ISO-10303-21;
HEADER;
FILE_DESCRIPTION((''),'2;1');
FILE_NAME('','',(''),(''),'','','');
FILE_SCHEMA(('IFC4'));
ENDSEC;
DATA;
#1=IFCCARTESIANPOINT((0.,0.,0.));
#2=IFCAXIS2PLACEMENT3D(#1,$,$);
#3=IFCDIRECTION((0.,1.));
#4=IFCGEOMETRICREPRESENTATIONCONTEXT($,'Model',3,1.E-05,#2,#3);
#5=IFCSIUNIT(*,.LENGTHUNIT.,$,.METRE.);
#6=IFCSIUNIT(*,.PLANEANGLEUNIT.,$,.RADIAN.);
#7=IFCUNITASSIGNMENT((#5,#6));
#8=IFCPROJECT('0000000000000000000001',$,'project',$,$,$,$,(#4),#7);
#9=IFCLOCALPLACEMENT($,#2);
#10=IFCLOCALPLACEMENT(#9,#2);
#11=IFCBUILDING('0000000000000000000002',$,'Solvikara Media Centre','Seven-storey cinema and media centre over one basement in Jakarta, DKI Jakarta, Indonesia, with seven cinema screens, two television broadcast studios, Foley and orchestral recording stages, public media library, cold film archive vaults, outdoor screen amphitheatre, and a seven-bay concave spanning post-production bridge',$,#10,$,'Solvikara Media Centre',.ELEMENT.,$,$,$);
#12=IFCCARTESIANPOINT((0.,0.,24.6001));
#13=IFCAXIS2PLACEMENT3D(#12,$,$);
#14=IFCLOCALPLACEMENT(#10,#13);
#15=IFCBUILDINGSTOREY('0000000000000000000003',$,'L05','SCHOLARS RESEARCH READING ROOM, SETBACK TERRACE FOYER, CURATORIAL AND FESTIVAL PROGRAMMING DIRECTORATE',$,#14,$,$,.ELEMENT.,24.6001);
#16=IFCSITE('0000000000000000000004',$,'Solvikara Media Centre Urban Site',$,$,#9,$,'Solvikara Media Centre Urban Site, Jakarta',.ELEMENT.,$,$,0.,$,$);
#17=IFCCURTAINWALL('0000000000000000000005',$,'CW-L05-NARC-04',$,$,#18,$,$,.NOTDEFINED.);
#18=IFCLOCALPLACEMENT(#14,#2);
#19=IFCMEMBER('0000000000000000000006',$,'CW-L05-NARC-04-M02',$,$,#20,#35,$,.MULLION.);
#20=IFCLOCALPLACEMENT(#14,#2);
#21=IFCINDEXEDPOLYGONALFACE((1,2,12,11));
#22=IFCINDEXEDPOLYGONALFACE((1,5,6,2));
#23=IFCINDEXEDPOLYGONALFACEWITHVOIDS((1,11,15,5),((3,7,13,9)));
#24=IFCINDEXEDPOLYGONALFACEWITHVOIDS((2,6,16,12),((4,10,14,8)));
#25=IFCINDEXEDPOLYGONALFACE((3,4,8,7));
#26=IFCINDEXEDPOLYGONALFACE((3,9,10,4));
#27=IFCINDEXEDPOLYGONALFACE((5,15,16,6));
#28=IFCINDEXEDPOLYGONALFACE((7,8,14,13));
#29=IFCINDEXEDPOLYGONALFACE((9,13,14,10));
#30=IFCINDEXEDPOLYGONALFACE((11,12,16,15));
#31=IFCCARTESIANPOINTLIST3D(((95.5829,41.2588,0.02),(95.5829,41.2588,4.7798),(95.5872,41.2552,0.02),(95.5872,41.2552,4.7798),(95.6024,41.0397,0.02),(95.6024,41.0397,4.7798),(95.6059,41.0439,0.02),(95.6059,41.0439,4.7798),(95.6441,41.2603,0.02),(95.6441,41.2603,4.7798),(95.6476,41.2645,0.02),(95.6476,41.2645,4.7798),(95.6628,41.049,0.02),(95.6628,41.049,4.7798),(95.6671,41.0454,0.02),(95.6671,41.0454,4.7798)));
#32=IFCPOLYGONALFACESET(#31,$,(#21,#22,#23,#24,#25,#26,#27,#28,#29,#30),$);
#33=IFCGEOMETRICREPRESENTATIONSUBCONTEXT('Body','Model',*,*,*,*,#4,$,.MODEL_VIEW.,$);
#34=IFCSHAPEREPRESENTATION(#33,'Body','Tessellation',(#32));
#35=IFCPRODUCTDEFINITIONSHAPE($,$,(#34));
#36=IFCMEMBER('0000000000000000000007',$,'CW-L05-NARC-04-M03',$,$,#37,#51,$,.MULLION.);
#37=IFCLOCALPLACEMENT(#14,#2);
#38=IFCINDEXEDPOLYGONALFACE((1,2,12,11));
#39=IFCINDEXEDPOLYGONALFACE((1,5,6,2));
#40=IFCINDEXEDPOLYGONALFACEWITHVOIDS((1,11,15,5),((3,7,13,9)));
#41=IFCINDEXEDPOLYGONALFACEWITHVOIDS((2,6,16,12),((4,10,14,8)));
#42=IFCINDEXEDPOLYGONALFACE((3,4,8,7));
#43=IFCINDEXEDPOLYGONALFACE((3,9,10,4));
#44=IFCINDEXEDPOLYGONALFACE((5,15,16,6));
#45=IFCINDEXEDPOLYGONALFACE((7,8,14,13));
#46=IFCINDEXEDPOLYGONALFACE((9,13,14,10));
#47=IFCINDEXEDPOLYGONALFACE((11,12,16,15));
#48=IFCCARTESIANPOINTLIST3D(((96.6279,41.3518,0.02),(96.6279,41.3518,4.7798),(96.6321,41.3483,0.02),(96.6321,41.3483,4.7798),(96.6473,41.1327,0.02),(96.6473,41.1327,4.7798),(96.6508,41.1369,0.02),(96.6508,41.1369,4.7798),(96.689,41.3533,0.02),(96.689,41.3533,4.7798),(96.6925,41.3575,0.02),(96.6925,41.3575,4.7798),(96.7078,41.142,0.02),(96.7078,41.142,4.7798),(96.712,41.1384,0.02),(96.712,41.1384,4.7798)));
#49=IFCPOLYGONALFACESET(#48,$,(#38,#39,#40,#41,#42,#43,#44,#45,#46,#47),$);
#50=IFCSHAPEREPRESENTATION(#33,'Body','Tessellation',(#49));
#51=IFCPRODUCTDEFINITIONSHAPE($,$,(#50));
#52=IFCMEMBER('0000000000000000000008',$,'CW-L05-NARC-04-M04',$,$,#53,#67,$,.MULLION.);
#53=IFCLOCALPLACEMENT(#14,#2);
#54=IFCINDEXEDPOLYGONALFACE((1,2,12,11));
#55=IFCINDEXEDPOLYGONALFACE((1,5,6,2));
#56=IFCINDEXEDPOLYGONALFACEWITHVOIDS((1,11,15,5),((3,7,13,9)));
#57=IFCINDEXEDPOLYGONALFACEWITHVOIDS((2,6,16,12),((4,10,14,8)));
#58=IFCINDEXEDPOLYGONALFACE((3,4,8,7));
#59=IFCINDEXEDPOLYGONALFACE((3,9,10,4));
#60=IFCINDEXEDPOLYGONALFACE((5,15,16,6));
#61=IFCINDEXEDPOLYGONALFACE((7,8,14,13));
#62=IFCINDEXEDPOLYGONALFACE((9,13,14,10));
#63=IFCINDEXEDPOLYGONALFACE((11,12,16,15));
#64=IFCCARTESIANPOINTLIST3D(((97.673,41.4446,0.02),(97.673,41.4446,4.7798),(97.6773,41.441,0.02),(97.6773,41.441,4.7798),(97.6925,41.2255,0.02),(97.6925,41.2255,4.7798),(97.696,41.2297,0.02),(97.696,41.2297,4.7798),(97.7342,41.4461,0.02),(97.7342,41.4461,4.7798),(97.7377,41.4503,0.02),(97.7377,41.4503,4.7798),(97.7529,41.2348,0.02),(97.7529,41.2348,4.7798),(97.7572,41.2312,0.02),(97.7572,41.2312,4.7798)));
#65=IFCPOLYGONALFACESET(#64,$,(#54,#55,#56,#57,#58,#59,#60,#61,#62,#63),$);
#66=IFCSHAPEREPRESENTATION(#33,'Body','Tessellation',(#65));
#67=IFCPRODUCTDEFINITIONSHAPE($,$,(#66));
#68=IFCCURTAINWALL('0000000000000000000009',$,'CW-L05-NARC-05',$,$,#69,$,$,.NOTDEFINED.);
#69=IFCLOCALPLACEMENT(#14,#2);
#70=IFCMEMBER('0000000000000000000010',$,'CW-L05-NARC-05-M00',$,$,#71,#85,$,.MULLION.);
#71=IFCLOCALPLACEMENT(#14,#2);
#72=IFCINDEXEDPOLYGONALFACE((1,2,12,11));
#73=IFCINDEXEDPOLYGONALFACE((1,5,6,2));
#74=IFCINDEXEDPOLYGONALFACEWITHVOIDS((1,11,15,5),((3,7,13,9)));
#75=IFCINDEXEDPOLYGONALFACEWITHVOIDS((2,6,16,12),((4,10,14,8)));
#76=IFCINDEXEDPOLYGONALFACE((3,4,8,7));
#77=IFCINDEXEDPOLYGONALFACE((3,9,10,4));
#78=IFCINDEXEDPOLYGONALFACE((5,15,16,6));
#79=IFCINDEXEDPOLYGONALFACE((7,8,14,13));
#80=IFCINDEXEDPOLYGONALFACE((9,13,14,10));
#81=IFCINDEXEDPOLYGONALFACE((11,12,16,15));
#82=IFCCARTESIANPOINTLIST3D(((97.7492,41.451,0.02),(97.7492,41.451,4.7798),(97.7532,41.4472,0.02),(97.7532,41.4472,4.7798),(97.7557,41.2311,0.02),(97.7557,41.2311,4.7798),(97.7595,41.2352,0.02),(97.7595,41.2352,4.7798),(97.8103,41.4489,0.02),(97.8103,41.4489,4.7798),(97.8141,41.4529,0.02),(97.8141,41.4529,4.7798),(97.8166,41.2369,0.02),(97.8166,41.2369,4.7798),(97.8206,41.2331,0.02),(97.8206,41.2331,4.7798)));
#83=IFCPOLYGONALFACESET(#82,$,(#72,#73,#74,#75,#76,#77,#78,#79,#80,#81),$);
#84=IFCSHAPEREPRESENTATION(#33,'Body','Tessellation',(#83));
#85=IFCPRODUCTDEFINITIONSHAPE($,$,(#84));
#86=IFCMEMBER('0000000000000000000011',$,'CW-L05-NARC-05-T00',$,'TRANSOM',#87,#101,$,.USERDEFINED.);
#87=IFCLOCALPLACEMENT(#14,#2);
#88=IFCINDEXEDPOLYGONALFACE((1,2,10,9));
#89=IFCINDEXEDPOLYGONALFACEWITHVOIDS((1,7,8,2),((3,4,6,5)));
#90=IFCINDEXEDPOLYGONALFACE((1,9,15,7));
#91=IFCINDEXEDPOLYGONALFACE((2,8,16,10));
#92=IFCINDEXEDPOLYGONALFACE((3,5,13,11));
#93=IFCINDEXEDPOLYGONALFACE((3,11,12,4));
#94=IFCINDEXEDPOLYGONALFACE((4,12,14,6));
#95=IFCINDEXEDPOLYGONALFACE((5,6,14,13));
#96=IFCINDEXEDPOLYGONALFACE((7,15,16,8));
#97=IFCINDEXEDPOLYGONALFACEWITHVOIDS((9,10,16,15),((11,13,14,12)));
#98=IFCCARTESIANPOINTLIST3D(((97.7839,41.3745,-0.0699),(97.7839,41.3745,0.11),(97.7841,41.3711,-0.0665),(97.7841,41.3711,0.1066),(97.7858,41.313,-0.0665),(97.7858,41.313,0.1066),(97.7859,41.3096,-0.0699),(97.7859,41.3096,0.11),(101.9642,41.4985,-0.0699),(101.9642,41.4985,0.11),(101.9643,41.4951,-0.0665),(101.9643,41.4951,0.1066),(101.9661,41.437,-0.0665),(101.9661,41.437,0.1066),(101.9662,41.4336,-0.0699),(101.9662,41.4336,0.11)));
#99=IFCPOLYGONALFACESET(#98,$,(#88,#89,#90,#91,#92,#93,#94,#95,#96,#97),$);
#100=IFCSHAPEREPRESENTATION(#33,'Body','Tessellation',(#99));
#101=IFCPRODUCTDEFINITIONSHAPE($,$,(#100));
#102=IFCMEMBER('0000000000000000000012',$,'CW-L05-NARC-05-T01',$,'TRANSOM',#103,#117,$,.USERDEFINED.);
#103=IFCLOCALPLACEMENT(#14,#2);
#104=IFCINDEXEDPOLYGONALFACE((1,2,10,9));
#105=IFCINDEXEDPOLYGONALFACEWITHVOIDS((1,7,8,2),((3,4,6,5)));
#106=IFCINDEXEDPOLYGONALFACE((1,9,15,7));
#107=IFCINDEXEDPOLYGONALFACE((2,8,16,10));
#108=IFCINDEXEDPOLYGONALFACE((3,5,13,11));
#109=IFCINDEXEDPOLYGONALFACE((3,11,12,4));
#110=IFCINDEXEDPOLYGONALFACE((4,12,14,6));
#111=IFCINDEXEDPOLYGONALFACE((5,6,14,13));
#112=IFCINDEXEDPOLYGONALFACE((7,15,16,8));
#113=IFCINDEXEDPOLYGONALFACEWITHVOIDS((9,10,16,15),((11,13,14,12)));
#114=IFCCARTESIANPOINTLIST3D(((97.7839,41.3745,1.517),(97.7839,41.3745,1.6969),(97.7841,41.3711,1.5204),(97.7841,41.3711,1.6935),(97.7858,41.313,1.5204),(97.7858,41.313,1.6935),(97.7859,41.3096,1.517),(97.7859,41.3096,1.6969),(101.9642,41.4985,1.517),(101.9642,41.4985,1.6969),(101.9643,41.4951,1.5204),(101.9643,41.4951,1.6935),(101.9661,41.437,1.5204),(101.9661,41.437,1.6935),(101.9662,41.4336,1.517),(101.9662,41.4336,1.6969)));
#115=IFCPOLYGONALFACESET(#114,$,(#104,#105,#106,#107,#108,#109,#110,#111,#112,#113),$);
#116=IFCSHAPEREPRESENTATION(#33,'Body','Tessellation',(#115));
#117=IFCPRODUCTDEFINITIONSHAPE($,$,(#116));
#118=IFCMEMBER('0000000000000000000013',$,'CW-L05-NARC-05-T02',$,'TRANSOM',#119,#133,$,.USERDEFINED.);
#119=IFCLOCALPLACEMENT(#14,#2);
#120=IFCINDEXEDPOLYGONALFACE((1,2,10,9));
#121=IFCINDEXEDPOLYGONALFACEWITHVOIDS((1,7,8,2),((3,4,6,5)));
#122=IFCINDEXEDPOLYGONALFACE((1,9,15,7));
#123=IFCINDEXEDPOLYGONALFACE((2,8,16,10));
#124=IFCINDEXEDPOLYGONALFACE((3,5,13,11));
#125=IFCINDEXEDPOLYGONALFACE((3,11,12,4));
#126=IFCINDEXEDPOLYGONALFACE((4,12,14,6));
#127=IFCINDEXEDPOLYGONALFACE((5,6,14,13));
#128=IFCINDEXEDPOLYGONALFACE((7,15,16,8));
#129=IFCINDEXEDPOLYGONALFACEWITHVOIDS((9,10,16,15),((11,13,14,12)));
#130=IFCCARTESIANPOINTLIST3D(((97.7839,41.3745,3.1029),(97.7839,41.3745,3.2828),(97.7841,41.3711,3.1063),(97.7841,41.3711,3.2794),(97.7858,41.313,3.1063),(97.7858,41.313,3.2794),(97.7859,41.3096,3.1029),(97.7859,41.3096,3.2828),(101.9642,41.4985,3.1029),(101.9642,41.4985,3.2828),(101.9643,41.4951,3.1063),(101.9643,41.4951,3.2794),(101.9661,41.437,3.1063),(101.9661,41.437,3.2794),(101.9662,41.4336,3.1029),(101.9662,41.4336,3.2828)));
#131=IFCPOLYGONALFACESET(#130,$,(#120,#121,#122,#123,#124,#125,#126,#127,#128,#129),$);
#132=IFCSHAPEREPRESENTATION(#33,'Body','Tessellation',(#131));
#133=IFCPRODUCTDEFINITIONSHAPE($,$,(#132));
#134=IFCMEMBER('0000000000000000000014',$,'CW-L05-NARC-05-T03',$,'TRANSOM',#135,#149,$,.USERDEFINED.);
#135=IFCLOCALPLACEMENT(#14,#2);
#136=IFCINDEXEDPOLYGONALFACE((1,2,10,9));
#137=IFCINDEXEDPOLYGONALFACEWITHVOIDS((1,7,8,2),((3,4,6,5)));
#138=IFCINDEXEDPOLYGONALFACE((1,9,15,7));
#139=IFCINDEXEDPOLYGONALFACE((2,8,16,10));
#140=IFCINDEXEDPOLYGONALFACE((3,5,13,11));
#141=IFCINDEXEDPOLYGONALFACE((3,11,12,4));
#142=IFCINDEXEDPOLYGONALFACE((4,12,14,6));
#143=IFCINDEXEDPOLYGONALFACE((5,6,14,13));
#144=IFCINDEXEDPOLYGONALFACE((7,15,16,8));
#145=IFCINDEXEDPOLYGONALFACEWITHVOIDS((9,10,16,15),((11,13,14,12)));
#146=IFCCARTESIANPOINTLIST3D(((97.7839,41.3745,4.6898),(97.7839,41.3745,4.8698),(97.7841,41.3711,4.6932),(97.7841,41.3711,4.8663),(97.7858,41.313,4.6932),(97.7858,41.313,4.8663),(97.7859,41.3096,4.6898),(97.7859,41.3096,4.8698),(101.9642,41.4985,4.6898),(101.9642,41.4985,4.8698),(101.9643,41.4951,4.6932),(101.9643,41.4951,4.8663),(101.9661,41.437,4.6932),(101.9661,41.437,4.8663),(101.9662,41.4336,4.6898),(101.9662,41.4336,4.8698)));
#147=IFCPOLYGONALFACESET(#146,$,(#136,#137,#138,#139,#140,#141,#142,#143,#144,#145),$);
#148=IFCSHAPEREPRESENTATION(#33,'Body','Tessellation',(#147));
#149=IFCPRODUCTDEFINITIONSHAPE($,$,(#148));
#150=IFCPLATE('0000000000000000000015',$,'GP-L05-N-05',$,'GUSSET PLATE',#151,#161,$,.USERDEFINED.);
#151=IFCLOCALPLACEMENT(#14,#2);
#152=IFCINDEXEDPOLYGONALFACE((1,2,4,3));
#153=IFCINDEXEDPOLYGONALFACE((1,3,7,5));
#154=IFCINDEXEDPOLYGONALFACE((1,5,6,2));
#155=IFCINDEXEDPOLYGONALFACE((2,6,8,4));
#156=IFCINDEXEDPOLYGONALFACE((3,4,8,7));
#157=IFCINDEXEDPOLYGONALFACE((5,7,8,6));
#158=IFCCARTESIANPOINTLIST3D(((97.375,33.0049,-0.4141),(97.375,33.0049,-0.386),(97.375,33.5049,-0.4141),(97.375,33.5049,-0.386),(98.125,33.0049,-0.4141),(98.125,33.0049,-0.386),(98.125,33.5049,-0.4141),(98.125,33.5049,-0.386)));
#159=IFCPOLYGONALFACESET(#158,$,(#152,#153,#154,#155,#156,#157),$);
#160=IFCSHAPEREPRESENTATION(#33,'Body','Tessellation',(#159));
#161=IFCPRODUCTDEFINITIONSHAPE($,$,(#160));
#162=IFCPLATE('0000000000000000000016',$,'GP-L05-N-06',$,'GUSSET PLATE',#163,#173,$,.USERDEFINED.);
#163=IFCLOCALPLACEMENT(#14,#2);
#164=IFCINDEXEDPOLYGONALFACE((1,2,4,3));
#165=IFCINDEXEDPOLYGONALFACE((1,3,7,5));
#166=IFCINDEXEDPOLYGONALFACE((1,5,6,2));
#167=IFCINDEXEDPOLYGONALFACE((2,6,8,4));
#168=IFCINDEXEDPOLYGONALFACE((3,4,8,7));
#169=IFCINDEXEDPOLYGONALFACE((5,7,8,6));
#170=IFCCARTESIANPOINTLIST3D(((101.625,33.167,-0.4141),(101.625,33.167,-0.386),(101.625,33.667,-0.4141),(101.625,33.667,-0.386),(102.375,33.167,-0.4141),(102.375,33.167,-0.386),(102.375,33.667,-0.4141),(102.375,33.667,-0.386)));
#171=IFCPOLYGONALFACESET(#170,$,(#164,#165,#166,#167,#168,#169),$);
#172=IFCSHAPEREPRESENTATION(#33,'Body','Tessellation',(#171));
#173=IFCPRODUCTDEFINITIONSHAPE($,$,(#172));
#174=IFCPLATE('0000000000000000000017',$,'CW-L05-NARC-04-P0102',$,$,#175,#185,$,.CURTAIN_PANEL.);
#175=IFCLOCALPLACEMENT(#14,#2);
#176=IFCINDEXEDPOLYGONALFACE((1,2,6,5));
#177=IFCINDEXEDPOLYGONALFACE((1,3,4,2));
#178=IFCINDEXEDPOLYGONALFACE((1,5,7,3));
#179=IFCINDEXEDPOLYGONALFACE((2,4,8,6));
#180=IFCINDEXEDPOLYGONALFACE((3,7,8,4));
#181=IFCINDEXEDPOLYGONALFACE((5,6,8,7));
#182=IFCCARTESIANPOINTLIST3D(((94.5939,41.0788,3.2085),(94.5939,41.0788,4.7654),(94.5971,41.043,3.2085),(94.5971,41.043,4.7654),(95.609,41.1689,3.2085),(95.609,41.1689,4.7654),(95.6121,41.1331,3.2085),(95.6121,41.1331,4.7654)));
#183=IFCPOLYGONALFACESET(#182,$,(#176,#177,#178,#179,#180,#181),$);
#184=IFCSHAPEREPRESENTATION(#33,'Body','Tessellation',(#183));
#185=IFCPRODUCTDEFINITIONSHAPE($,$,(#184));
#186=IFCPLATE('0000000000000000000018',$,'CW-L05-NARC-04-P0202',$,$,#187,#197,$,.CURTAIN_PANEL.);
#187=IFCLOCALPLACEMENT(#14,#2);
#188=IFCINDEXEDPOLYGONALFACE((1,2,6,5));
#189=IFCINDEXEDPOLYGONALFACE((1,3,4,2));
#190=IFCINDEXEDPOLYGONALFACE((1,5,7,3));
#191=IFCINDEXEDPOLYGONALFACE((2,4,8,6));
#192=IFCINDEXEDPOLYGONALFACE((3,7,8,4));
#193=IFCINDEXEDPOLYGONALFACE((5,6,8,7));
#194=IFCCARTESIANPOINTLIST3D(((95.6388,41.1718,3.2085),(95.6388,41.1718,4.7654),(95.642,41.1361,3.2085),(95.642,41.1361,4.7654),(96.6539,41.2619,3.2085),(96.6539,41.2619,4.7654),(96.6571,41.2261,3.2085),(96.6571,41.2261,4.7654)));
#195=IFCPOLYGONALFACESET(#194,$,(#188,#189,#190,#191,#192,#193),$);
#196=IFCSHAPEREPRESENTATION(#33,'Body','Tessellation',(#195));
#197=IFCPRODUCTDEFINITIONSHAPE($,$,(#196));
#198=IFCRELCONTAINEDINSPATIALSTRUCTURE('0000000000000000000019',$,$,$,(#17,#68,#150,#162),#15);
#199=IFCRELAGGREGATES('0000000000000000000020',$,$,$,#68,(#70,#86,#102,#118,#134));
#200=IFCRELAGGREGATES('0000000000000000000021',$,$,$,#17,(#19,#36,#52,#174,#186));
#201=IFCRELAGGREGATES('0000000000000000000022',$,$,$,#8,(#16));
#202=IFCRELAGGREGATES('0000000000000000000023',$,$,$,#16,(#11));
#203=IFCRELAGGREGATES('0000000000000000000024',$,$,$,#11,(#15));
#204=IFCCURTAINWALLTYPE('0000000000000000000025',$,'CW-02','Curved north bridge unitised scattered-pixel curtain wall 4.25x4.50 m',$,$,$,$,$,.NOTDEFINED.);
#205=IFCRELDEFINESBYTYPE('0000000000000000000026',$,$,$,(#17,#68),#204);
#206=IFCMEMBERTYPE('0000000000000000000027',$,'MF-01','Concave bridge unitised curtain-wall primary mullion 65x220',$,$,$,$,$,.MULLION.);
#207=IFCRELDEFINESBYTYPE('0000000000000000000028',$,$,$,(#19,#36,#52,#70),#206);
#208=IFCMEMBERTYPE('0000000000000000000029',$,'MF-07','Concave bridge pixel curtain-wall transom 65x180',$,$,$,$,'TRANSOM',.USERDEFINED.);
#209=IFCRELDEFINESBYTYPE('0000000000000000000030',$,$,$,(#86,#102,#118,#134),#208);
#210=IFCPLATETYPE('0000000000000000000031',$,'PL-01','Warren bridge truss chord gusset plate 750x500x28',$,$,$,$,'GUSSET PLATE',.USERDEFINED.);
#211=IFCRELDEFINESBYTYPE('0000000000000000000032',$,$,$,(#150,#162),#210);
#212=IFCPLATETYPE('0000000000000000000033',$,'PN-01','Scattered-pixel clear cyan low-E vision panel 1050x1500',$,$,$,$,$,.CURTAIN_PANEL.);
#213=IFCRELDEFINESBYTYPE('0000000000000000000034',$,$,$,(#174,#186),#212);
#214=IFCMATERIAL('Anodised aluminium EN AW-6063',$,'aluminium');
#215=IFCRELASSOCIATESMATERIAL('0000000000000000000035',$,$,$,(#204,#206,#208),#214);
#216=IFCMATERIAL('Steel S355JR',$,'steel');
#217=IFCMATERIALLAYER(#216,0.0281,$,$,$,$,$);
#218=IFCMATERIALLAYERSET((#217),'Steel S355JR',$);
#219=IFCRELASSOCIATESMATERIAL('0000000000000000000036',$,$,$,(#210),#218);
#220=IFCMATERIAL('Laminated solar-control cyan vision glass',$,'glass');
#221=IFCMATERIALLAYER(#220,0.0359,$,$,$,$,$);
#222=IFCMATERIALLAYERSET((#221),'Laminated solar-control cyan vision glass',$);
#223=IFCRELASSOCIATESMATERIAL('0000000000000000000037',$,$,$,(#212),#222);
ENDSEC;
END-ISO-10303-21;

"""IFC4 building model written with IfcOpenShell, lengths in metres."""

from ifc_helpers import new_model, si_unit, direction, frame, origin, origin_2d, place, context, subcontext, project, spatial, rectangle, hollow_rectangle, extrude, material, layer, layer_set, material_profile, profile_set, type_object, element, aggregate, save


model = new_model("IFC4")

# Units and contexts
model_context = context("Model", 3, precision=1e-05, world=origin(), true_north=direction((0.0, 1.0)))
body_context = subcontext(model_context, "Body", "Model", "MODEL_VIEW")
ifc_project = project(units=[si_unit("LENGTHUNIT", "METRE"), si_unit("PLANEANGLEUNIT", "RADIAN")], contexts=[model_context])

# Site, building, storey
site_placement = place(None, origin())
site = spatial("IfcSite", under=ifc_project, at=site_placement, Name="Solvikara Media Centre Urban Site", LongName="Solvikara Media Centre Urban Site, Jakarta", CompositionType="ELEMENT", RefElevation=0.0)
building_placement = place(site_placement, origin())
building = spatial("IfcBuilding", under=site, at=building_placement, Name="Solvikara Media Centre", Description="Seven-storey cinema and media centre over one basement in Jakarta, DKI Jakarta, Indonesia, with seven cinema screens, two television broadcast studios, Foley and orchestral recording stages, public media library, cold film archive vaults, outdoor screen amphitheatre, and a seven-bay concave spanning post-production bridge", LongName="Solvikara Media Centre", CompositionType="ELEMENT")
storey_placement = place(building_placement, frame((0.0, 0.0, 24.6001)))
storey = spatial("IfcBuildingStorey", under=building, at=storey_placement, Name="L05", Description="SCHOLARS RESEARCH READING ROOM, SETBACK TERRACE FOYER, CURATORIAL AND FESTIVAL PROGRAMMING DIRECTORATE", CompositionType="ELEMENT", Elevation=24.6001)

# Shared definitions
ifc_material_1 = material(Name="Steel S355JR", Category="steel")

# Curtain walls, members
ifc_material_2 = material(Name="Anodised aluminium EN AW-6063", Category="aluminium")
curtain_wall_type = type_object("IfcCurtainWallType", Name="CW-02", Description="Curved north bridge unitised scattered-pixel curtain wall 4.25x4.50 m", PredefinedType="NOTDEFINED", material=ifc_material_2)
curtain_wall_1_placement = place(storey_placement, origin())
curtain_wall_1 = element("IfcCurtainWall", 1, at=curtain_wall_1_placement, inside=storey, type_object=curtain_wall_type, Name="CW-L05-NARC-04", PredefinedType="NOTDEFINED")
ifc_material_profile_1 = material_profile(ifc_material_2, hollow_rectangle(XDim=0.0649, YDim=0.22, WallThickness=0.0039, at=origin_2d()), Name="ALU-M 65x220x4")
ifc_profile_set_1 = profile_set([ifc_material_profile_1], Name="Anodised aluminium EN AW-6063")
member_type_1 = type_object("IfcMemberType", Name="MF-01", Description="Concave bridge unitised curtain-wall primary mullion 65x220", PredefinedType="MULLION", material=ifc_profile_set_1)
member_1_placement = place(storey_placement, frame((95.625, 41.1521, 0.02), z_axis=(0.0, 0.0, 1.0), x_axis=(0.996084, 0.088408, 0.0)))
member_1 = element("IfcMember", 2, at=member_1_placement, type_object=member_type_1, Name="CW-L05-NARC-04-M02", PredefinedType="MULLION", context=body_context, shape_type="SweptSolid", body=[
    extrude(hollow_rectangle(XDim=0.0649, YDim=0.22, WallThickness=0.0039, at=origin_2d()), origin(), (0.0, 0.0, 1.0), 4.7598),
])
member_2_placement = place(storey_placement, frame((96.6699, 41.2451, 0.02), z_axis=(0.0, 0.0, 1.0), x_axis=(0.996084, 0.088408, 0.0)))
member_2 = element("IfcMember", 3, at=member_2_placement, type_object=member_type_1, Name="CW-L05-NARC-04-M03", PredefinedType="MULLION", context=body_context, shape_type="SweptSolid", body=[
    extrude(hollow_rectangle(XDim=0.0649, YDim=0.22, WallThickness=0.0039, at=origin_2d()), origin(), (0.0, 0.0, 1.0), 4.7598),
])
member_3_placement = place(storey_placement, frame((97.7151, 41.3379, 0.02), z_axis=(0.0, 0.0, 1.0), x_axis=(0.996084, 0.088408, 0.0)))
member_3 = element("IfcMember", 4, at=member_3_placement, type_object=member_type_1, Name="CW-L05-NARC-04-M04", PredefinedType="MULLION", context=body_context, shape_type="SweptSolid", body=[
    extrude(hollow_rectangle(XDim=0.0649, YDim=0.22, WallThickness=0.0039, at=origin_2d()), origin(), (0.0, 0.0, 1.0), 4.7598),
])
curtain_wall_2_placement = place(storey_placement, origin())
curtain_wall_2 = element("IfcCurtainWall", 5, at=curtain_wall_2_placement, inside=storey, type_object=curtain_wall_type, Name="CW-L05-NARC-05", PredefinedType="NOTDEFINED")
member_4_placement = place(storey_placement, frame((97.7849, 41.342, 0.02), z_axis=(0.0, 0.0, 1.0), x_axis=(0.99956, 0.029649, 0.0)))
member_4 = element("IfcMember", 6, at=member_4_placement, type_object=member_type_1, Name="CW-L05-NARC-05-M00", PredefinedType="MULLION", context=body_context, shape_type="SweptSolid", body=[
    extrude(hollow_rectangle(XDim=0.0649, YDim=0.22, WallThickness=0.0039, at=origin_2d()), origin(), (0.0, 0.0, 1.0), 4.7598),
])
ifc_material_profile_2 = material_profile(ifc_material_2, hollow_rectangle(XDim=0.0649, YDim=0.1799, WallThickness=0.0034, at=origin_2d()), Name="ALU-T 65x180x3.5")
ifc_profile_set_2 = profile_set([ifc_material_profile_2], Name="Anodised aluminium EN AW-6063")
member_type_2 = type_object("IfcMemberType", Name="MF-07", Description="Concave bridge pixel curtain-wall transom 65x180", ElementType="TRANSOM", PredefinedType="USERDEFINED", material=ifc_profile_set_2)
member_5_placement = place(storey_placement, frame((97.7849, 41.342, 0.02), z_axis=(0.99956, 0.029656, 0.0), x_axis=(-0.029656, 0.99956, 0.0)))
member_5 = element("IfcMember", 7, at=member_5_placement, type_object=member_type_2, Name="CW-L05-NARC-05-T00", ObjectType="TRANSOM", PredefinedType="USERDEFINED", context=body_context, shape_type="SweptSolid", body=[
    extrude(hollow_rectangle(XDim=0.0649, YDim=0.1799, WallThickness=0.0034, at=origin_2d()), origin(), (0.0, 0.0, 1.0), 4.1821),
])
member_6_placement = place(storey_placement, frame((97.7849, 41.342, 1.6069), z_axis=(0.99956, 0.029656, 0.0), x_axis=(-0.029656, 0.99956, 0.0)))
member_6 = element("IfcMember", 8, at=member_6_placement, type_object=member_type_2, Name="CW-L05-NARC-05-T01", ObjectType="TRANSOM", PredefinedType="USERDEFINED", context=body_context, shape_type="SweptSolid", body=[
    extrude(hollow_rectangle(XDim=0.0649, YDim=0.1799, WallThickness=0.0034, at=origin_2d()), origin(), (0.0, 0.0, 1.0), 4.1821),
])
member_7_placement = place(storey_placement, frame((97.7849, 41.342, 3.1929), z_axis=(0.99956, 0.029656, 0.0), x_axis=(-0.029656, 0.99956, 0.0)))
member_7 = element("IfcMember", 9, at=member_7_placement, type_object=member_type_2, Name="CW-L05-NARC-05-T02", ObjectType="TRANSOM", PredefinedType="USERDEFINED", context=body_context, shape_type="SweptSolid", body=[
    extrude(hollow_rectangle(XDim=0.0649, YDim=0.1799, WallThickness=0.0034, at=origin_2d()), origin(), (0.0, 0.0, 1.0), 4.1821),
])
member_8_placement = place(storey_placement, frame((97.7849, 41.342, 4.7798), z_axis=(0.99956, 0.029656, 0.0), x_axis=(-0.029656, 0.99956, 0.0)))
member_8 = element("IfcMember", 10, at=member_8_placement, type_object=member_type_2, Name="CW-L05-NARC-05-T03", ObjectType="TRANSOM", PredefinedType="USERDEFINED", context=body_context, shape_type="SweptSolid", body=[
    extrude(hollow_rectangle(XDim=0.0649, YDim=0.1799, WallThickness=0.0034, at=origin_2d()), origin(), (0.0, 0.0, 1.0), 4.1821),
])

# Plates
ifc_layer_1 = layer(ifc_material_1, 0.0281)
ifc_layer_set_1 = layer_set([ifc_layer_1], Name="Steel S355JR")
plate_type_1 = type_object("IfcPlateType", Name="PL-01", Description="Warren bridge truss chord gusset plate 750x500x28", ElementType="GUSSET PLATE", PredefinedType="USERDEFINED", material=ifc_layer_set_1)
for number, where, z_axis, x_axis, name in (
    (11, (97.75, 33.2549, -0.4141), (0.0, 0.0, 1.0), (1.0, 0.0, 0.0), "GP-L05-N-05"),
    (12, (102.0, 33.417, -0.4141), (0.0, 0.0, 1.0), (1.0, 0.0, 0.0), "GP-L05-N-06"),
):
    element("IfcPlate", number, at=place(storey_placement, frame(where, z_axis=z_axis, x_axis=x_axis)), inside=storey, type_object=plate_type_1, Name=name, ObjectType="GUSSET PLATE", PredefinedType="USERDEFINED", context=body_context, shape_type="SweptSolid", body=[
        extrude(rectangle(XDim=0.75, YDim=0.5, at=origin_2d()), origin(), (0.0, 0.0, 1.0), 0.0281),
    ])

# Plates
ifc_material_3 = material(Name="Laminated solar-control cyan vision glass", Category="glass")
ifc_layer_2 = layer(ifc_material_3, 0.0359)
ifc_layer_set_2 = layer_set([ifc_layer_2], Name="Laminated solar-control cyan vision glass")
plate_type_2 = type_object("IfcPlateType", Name="PN-01", Description="Scattered-pixel clear cyan low-E vision panel 1050x1500", PredefinedType="CURTAIN_PANEL", material=ifc_layer_set_2)
plate_1_placement = place(storey_placement, frame((95.103, 41.106, 3.2085), z_axis=(0.0, 0.0, 1.0), x_axis=(0.996084, 0.088408, 0.0)))
plate_1 = element("IfcPlate", 13, at=plate_1_placement, type_object=plate_type_2, Name="CW-L05-NARC-04-P0102", PredefinedType="CURTAIN_PANEL", context=body_context, shape_type="SweptSolid", body=[
    extrude(rectangle(XDim=1.019, YDim=0.0359, at=origin_2d()), origin(), (0.0, 0.0, 1.0), 1.5569),
])
plate_2_placement = place(storey_placement, frame((96.1479, 41.199, 3.2085), z_axis=(0.0, 0.0, 1.0), x_axis=(0.996084, 0.088408, 0.0)))
plate_2 = element("IfcPlate", 14, at=plate_2_placement, type_object=plate_type_2, Name="CW-L05-NARC-04-P0202", PredefinedType="CURTAIN_PANEL", context=body_context, shape_type="SweptSolid", body=[
    extrude(rectangle(XDim=1.019, YDim=0.0359, at=origin_2d()), origin(), (0.0, 0.0, 1.0), 1.5569),
])
aggregate(curtain_wall_2, [member_4, member_5, member_6, member_7, member_8])
aggregate(curtain_wall_1, [member_1, member_2, member_3, plate_1, plate_2])

save(model, "model.ifc")
